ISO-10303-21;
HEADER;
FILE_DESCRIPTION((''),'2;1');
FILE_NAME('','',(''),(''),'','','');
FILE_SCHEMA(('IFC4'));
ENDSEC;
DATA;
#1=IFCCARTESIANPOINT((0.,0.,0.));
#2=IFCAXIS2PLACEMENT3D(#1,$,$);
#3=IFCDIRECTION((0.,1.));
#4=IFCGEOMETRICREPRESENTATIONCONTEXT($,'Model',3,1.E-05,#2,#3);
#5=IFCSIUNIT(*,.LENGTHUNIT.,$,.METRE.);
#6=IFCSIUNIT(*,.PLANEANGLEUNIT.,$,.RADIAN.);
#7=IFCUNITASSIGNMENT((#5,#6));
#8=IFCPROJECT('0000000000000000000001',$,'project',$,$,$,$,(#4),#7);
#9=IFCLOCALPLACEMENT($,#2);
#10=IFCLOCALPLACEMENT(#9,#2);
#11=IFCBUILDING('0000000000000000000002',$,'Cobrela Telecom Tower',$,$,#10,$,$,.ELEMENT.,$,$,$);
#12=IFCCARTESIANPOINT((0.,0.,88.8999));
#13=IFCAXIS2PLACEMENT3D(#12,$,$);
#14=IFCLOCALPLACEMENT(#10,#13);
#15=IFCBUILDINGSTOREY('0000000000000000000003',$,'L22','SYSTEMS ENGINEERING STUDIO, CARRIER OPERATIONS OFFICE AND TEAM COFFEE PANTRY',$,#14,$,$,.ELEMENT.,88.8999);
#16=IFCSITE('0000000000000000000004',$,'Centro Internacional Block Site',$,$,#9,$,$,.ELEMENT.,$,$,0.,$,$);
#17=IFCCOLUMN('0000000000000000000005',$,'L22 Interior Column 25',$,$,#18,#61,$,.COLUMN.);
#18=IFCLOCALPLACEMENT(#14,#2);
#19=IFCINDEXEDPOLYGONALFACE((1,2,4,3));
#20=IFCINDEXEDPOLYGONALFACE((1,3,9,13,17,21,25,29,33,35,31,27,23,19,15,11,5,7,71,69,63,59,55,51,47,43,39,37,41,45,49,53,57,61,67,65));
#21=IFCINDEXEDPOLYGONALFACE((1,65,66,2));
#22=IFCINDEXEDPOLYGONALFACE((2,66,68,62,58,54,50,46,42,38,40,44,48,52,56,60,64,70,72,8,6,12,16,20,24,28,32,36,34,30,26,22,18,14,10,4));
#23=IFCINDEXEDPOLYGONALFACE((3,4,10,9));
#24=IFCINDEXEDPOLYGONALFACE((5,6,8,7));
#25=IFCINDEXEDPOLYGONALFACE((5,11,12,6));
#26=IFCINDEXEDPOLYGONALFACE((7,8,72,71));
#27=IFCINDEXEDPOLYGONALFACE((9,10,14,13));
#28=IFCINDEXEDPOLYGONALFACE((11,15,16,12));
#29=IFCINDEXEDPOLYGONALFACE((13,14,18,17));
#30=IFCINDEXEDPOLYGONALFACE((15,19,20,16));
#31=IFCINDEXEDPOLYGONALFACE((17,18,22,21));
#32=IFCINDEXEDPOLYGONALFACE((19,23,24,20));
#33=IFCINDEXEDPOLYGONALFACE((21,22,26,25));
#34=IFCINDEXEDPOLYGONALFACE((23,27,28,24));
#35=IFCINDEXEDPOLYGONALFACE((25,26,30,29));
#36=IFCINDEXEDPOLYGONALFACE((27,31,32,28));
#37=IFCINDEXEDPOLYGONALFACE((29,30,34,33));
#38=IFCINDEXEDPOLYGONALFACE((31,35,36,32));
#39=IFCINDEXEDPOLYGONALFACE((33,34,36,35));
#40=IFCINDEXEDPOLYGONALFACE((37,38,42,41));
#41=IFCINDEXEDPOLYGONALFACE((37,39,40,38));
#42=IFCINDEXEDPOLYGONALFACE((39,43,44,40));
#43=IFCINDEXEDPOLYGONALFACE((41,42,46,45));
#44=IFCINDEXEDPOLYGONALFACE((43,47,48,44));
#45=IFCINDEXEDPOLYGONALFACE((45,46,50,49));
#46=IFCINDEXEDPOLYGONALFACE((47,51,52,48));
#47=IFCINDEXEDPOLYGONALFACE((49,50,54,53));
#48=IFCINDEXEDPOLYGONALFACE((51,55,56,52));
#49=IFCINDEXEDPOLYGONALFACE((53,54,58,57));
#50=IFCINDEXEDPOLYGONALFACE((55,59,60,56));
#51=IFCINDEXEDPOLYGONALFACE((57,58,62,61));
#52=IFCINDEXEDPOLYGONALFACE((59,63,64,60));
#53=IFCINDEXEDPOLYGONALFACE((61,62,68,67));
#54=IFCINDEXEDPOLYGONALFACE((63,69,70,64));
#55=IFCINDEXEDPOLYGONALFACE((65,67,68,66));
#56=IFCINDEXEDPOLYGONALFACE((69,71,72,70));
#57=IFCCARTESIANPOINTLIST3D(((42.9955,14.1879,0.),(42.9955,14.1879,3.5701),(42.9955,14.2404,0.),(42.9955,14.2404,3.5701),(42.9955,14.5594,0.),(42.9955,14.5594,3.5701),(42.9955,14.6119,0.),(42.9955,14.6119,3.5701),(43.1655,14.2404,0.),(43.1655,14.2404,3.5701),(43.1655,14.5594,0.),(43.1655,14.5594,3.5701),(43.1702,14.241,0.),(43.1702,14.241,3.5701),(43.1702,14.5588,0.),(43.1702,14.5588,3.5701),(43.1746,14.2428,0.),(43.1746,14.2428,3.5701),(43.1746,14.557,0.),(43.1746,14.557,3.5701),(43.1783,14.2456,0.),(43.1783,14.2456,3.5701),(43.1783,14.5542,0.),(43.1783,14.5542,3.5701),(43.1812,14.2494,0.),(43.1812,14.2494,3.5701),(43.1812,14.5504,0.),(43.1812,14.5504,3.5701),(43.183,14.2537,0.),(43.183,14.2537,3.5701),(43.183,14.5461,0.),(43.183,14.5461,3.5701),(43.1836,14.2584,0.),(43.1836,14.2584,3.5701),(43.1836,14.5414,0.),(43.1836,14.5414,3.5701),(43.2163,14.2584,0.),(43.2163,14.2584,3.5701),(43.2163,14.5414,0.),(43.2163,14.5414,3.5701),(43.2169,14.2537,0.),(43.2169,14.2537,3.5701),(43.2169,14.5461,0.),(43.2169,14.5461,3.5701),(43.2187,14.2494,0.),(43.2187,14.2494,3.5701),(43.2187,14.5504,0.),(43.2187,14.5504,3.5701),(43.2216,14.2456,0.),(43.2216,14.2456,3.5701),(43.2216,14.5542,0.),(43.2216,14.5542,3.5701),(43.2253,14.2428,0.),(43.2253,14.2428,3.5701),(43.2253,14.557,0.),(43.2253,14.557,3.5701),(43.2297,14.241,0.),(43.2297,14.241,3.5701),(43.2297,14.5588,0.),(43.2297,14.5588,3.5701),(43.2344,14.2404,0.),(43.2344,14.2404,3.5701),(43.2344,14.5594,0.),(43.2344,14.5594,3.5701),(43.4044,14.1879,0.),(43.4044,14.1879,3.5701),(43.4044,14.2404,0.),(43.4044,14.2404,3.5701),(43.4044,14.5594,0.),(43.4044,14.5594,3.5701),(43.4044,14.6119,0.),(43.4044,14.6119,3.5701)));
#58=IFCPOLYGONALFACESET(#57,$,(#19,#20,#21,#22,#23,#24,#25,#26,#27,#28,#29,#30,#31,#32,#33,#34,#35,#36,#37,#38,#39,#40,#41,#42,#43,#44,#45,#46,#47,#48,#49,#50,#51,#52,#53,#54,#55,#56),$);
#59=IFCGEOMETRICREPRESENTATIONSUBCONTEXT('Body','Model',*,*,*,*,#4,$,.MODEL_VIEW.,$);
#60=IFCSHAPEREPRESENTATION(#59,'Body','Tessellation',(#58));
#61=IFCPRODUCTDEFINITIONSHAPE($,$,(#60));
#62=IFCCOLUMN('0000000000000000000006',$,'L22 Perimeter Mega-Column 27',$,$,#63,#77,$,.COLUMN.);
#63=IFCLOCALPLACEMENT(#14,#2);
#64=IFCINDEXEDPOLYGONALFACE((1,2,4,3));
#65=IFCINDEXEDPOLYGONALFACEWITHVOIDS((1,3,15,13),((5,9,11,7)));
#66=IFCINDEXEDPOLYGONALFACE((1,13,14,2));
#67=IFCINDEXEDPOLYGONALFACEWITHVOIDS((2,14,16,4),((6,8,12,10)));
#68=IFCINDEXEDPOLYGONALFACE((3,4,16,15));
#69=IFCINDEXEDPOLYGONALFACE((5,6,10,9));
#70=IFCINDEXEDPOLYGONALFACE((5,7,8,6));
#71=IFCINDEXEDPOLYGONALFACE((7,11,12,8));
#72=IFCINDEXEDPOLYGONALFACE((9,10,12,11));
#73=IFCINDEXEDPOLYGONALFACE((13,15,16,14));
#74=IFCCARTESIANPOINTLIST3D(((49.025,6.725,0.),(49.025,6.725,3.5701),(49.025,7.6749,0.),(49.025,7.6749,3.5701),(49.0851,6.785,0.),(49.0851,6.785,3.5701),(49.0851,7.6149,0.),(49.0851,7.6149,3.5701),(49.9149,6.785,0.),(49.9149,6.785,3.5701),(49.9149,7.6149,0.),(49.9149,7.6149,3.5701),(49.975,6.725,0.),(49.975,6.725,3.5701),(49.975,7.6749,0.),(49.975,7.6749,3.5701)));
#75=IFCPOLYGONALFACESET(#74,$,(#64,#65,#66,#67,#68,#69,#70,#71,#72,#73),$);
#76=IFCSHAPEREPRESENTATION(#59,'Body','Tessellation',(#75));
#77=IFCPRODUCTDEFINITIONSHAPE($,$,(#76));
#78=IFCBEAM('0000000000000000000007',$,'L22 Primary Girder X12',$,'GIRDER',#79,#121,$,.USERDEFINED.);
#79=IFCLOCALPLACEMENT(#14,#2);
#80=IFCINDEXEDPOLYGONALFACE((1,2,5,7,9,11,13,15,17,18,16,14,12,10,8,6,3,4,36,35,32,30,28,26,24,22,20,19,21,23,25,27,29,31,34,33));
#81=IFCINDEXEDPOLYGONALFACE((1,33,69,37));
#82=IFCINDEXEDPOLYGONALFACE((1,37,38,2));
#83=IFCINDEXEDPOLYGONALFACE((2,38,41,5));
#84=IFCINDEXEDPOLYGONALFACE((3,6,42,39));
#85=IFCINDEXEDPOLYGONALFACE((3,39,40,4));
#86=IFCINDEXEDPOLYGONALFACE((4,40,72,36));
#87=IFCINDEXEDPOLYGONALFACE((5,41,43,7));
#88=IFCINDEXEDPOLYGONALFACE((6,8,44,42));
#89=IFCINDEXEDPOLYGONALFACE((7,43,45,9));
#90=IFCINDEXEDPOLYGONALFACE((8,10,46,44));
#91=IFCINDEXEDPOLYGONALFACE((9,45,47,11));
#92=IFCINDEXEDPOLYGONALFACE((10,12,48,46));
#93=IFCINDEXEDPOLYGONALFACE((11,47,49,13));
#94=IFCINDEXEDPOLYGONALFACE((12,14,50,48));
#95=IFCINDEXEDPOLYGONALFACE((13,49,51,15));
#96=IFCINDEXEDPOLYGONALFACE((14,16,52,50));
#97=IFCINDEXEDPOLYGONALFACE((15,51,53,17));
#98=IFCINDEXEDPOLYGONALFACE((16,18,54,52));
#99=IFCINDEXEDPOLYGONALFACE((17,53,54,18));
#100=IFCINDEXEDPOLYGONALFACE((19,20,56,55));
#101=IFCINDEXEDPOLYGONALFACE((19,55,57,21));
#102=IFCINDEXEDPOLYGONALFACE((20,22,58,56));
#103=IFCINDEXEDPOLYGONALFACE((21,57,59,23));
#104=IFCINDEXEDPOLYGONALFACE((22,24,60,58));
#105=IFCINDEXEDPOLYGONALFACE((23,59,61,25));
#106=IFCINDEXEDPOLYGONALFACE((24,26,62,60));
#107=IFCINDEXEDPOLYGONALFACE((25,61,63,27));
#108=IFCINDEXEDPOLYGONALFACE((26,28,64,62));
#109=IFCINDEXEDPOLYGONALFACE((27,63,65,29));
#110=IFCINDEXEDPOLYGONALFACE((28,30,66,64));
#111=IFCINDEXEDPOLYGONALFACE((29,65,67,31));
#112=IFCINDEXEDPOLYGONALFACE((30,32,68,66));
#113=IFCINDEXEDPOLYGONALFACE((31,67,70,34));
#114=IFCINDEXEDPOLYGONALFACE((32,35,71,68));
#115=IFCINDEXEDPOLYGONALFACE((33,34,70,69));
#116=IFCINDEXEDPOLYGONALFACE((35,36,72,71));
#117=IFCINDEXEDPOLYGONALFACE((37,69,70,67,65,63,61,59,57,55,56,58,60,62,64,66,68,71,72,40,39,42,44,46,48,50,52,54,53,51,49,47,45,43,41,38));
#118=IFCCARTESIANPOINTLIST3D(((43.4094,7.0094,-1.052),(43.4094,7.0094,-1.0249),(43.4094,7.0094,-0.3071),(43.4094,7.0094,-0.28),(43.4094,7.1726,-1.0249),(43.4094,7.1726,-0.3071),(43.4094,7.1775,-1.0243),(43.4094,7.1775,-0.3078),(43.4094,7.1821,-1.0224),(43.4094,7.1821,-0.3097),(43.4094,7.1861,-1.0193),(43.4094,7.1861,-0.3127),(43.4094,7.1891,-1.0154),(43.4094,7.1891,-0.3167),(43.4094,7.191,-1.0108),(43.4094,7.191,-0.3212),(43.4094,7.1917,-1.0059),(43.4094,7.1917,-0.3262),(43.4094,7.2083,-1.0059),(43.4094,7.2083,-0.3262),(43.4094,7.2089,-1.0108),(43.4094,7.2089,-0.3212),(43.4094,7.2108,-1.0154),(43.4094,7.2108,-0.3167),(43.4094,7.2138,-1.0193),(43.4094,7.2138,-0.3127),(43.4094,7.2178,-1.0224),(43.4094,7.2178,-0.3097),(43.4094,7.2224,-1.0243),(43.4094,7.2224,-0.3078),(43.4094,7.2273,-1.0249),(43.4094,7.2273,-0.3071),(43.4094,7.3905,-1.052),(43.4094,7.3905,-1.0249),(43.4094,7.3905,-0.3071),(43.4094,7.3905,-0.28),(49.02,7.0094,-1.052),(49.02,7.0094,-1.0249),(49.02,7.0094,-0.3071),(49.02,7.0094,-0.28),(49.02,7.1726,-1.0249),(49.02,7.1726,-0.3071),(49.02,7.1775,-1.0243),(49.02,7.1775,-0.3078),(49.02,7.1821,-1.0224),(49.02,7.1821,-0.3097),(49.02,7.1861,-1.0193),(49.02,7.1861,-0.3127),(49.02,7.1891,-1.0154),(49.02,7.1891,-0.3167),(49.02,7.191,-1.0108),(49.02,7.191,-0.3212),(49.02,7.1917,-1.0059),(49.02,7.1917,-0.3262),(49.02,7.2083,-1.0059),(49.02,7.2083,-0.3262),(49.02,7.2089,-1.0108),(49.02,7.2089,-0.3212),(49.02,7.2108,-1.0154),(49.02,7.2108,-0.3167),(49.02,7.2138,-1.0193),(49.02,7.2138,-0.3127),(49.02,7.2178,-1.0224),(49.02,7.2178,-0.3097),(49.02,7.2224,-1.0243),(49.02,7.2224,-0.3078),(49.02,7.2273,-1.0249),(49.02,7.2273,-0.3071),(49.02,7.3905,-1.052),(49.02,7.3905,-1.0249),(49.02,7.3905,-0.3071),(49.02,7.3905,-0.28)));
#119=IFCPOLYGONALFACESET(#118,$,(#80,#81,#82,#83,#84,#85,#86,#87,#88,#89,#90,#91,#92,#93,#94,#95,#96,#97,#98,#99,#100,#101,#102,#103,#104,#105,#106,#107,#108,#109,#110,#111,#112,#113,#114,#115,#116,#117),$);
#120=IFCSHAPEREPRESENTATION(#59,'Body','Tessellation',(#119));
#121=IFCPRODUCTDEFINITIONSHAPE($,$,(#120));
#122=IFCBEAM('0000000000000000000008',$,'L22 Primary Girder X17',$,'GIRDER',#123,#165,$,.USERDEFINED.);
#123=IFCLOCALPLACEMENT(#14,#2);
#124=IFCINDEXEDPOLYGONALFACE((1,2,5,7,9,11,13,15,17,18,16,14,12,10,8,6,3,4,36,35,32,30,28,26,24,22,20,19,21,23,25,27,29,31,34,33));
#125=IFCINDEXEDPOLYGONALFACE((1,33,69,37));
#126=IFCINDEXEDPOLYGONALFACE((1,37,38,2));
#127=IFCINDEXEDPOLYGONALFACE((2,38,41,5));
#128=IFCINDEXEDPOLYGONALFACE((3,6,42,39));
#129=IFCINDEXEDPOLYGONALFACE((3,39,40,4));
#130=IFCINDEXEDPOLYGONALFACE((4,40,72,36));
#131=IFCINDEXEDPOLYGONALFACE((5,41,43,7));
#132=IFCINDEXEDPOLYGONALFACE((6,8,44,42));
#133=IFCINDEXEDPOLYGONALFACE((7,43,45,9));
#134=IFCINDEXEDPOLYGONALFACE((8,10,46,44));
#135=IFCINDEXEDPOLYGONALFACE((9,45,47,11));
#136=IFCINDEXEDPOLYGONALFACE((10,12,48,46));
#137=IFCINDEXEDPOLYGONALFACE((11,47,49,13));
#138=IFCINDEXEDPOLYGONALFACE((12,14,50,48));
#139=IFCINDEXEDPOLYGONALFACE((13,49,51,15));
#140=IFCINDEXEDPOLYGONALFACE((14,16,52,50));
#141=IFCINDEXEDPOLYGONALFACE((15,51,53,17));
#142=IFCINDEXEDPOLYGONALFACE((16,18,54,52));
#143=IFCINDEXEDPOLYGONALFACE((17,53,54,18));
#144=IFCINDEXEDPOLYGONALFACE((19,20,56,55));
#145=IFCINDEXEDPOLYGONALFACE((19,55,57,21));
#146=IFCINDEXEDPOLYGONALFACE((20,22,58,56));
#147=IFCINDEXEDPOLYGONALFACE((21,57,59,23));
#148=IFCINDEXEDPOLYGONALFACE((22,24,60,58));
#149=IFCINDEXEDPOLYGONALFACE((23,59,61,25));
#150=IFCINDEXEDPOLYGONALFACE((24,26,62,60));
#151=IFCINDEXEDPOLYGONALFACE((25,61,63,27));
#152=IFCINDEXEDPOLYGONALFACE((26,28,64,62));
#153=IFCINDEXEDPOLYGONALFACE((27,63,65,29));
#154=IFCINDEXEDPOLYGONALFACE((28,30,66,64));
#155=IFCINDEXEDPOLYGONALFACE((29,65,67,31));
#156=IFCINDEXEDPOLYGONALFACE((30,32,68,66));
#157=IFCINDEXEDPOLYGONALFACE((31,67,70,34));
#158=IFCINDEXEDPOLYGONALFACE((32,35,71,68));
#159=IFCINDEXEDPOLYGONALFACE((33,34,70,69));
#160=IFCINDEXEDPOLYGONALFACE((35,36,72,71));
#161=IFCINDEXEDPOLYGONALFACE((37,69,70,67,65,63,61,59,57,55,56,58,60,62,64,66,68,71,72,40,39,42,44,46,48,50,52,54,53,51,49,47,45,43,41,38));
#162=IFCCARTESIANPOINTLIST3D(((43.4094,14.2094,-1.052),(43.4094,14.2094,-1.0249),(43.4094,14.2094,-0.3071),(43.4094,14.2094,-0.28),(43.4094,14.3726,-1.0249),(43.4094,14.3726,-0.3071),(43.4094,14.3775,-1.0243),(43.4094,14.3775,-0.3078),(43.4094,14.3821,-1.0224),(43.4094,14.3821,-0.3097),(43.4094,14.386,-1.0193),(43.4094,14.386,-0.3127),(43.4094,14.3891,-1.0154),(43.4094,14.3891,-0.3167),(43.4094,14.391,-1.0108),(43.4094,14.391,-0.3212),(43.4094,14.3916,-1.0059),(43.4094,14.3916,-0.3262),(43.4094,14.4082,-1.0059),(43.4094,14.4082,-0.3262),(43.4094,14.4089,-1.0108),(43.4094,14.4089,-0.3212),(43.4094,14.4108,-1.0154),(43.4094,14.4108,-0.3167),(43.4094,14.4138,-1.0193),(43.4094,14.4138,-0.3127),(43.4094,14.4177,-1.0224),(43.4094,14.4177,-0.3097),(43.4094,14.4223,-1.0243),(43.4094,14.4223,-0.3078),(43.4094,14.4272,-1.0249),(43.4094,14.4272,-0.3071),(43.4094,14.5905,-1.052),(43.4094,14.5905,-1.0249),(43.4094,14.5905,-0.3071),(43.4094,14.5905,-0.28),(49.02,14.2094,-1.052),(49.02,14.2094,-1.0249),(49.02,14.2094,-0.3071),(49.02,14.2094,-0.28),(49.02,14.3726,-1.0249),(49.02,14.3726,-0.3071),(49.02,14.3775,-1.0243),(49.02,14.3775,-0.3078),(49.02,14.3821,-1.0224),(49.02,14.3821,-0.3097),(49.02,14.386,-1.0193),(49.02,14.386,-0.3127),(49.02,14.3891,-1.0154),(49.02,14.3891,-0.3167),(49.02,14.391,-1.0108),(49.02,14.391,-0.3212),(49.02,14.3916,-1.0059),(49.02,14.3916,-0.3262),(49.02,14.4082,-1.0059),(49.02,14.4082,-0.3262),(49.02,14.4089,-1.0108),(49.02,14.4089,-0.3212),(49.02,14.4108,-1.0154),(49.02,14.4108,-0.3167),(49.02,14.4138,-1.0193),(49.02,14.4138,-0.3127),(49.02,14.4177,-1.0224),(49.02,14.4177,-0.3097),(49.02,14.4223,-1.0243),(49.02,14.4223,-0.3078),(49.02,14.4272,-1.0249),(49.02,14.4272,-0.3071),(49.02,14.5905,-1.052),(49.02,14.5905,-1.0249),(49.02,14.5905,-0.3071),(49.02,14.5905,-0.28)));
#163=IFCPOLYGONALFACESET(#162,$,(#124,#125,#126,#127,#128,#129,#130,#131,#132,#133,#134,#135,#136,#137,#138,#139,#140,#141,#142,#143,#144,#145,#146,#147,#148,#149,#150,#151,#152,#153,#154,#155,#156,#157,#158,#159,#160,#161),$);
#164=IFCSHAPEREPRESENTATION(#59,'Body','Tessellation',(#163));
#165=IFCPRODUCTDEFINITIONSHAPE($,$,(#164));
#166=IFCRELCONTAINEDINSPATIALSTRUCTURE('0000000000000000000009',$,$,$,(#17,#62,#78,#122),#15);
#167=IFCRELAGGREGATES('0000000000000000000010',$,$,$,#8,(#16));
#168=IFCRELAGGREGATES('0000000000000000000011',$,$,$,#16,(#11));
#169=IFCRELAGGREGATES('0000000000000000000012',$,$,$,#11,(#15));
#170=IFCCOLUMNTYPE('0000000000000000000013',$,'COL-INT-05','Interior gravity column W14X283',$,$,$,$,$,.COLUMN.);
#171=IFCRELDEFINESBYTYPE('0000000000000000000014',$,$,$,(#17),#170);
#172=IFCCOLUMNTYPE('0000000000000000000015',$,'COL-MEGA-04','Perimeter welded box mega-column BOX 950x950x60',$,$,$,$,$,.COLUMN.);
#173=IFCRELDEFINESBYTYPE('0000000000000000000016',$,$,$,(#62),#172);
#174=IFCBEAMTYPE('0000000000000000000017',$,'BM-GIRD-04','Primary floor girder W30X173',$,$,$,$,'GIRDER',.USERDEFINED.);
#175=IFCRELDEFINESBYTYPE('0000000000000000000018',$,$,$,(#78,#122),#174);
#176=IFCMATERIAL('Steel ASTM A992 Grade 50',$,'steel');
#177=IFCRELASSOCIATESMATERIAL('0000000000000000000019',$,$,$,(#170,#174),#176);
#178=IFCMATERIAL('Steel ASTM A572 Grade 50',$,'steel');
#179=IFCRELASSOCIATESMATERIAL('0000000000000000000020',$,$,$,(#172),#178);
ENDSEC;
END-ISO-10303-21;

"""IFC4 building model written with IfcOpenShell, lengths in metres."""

from ifc_helpers import new_model, si_unit, direction, frame, origin, origin_2d, place, context, subcontext, project, spatial, hollow_rectangle, i_section, extrude, material, material_profile, profile_set, type_object, element, save


model = new_model("IFC4")

# Units and contexts
model_context = context("Model", 3, precision=1e-05, world=origin(), true_north=direction((0.0, 1.0)))
body_context = subcontext(model_context, "Body", "Model", "MODEL_VIEW")
ifc_project = project(units=[si_unit("LENGTHUNIT", "METRE"), si_unit("PLANEANGLEUNIT", "RADIAN")], contexts=[model_context])

# Site, building, storey
site_placement = place(None, origin())
site = spatial("IfcSite", under=ifc_project, at=site_placement, Name="Centro Internacional Block Site", CompositionType="ELEMENT", RefElevation=0.0)
building_placement = place(site_placement, origin())
building = spatial("IfcBuilding", under=site, at=building_placement, Name="Cobrela Telecom Tower", CompositionType="ELEMENT")
storey_placement = place(building_placement, frame((0.0, 0.0, 88.8999)))
storey = spatial("IfcBuildingStorey", under=building, at=storey_placement, Name="L22", Description="SYSTEMS ENGINEERING STUDIO, CARRIER OPERATIONS OFFICE AND TEAM COFFEE PANTRY", CompositionType="ELEMENT", Elevation=88.8999)

# Columns
ifc_material_1 = material(Name="Steel ASTM A992 Grade 50", Category="steel")
ifc_material_profile_1 = material_profile(ifc_material_1, i_section(OverallWidth=0.4089, OverallDepth=0.4241, WebThickness=0.0327, FlangeThickness=0.0525, FilletRadius=0.0181, at=origin_2d()), Name="W14X283")
ifc_profile_set_1 = profile_set([ifc_material_profile_1], Name="Steel ASTM A992 Grade 50")
column_type_1 = type_object("IfcColumnType", Name="COL-INT-05", Description="Interior gravity column W14X283", PredefinedType="COLUMN", material=ifc_profile_set_1)
column_1_placement = place(storey_placement, frame((43.2, 14.3999, 0.0), z_axis=(0.0, 0.0, 1.0), x_axis=(1.0, 0.0, 0.0)))
element("IfcColumn", 1, at=column_1_placement, inside=storey, type_object=column_type_1, Name="L22 Interior Column 25", PredefinedType="COLUMN", context=body_context, shape_type="SweptSolid", body=[
    extrude(i_section(OverallWidth=0.4089, OverallDepth=0.4241, WebThickness=0.0327, FlangeThickness=0.0525, FilletRadius=0.0181, at=origin_2d()), origin(), (0.0, 0.0, 1.0), 3.5701),
])
ifc_material_2 = material(Name="Steel ASTM A572 Grade 50", Category="steel")
ifc_material_profile_2 = material_profile(ifc_material_2, hollow_rectangle(XDim=0.95, YDim=0.95, WallThickness=0.0601, at=origin_2d()), Name="BOX 950x950x60")
ifc_profile_set_2 = profile_set([ifc_material_profile_2], Name="Steel ASTM A572 Grade 50")
column_type_2 = type_object("IfcColumnType", Name="COL-MEGA-04", Description="Perimeter welded box mega-column BOX 950x950x60", PredefinedType="COLUMN", material=ifc_profile_set_2)
column_2_placement = place(storey_placement, frame((49.5, 7.2, 0.0), z_axis=(0.0, 0.0, 1.0), x_axis=(1.0, 0.0, 0.0)))
element("IfcColumn", 2, at=column_2_placement, inside=storey, type_object=column_type_2, Name="L22 Perimeter Mega-Column 27", PredefinedType="COLUMN", context=body_context, shape_type="SweptSolid", body=[
    extrude(hollow_rectangle(XDim=0.95, YDim=0.95, WallThickness=0.0601, at=origin_2d()), origin(), (0.0, 0.0, 1.0), 3.5701),
])

# Beams
ifc_material_profile_3 = material_profile(ifc_material_1, i_section(OverallWidth=0.3811, OverallDepth=0.772, WebThickness=0.0166, FlangeThickness=0.0271, FilletRadius=0.019, at=origin_2d()), Name="W30X173")
ifc_profile_set_3 = profile_set([ifc_material_profile_3], Name="Steel ASTM A992 Grade 50")
beam_type_1 = type_object("IfcBeamType", Name="BM-GIRD-04", Description="Primary floor girder W30X173", ElementType="GIRDER", PredefinedType="USERDEFINED", material=ifc_profile_set_3)
for number, where, z_axis, x_axis, name in (
    (3, (43.4094, 7.2, -0.666), (1.0, 0.0, 0.0), (0.0, 1.0, 0.0), "L22 Primary Girder X12"),
    (4, (43.4094, 14.3999, -0.666), (1.0, 0.0, 0.0), (0.0, 1.0, 0.0), "L22 Primary Girder X17"),
):
    element("IfcBeam", number, at=place(storey_placement, frame(where, z_axis=z_axis, x_axis=x_axis)), inside=storey, type_object=beam_type_1, Name=name, ObjectType="GIRDER", PredefinedType="USERDEFINED", context=body_context, shape_type="SweptSolid", body=[
        extrude(i_section(OverallWidth=0.3811, OverallDepth=0.772, WebThickness=0.0166, FlangeThickness=0.0271, FilletRadius=0.019, at=origin_2d()), origin(), (0.0, 0.0, 1.0), 5.6106),
    ])

save(model, "model.ifc")
